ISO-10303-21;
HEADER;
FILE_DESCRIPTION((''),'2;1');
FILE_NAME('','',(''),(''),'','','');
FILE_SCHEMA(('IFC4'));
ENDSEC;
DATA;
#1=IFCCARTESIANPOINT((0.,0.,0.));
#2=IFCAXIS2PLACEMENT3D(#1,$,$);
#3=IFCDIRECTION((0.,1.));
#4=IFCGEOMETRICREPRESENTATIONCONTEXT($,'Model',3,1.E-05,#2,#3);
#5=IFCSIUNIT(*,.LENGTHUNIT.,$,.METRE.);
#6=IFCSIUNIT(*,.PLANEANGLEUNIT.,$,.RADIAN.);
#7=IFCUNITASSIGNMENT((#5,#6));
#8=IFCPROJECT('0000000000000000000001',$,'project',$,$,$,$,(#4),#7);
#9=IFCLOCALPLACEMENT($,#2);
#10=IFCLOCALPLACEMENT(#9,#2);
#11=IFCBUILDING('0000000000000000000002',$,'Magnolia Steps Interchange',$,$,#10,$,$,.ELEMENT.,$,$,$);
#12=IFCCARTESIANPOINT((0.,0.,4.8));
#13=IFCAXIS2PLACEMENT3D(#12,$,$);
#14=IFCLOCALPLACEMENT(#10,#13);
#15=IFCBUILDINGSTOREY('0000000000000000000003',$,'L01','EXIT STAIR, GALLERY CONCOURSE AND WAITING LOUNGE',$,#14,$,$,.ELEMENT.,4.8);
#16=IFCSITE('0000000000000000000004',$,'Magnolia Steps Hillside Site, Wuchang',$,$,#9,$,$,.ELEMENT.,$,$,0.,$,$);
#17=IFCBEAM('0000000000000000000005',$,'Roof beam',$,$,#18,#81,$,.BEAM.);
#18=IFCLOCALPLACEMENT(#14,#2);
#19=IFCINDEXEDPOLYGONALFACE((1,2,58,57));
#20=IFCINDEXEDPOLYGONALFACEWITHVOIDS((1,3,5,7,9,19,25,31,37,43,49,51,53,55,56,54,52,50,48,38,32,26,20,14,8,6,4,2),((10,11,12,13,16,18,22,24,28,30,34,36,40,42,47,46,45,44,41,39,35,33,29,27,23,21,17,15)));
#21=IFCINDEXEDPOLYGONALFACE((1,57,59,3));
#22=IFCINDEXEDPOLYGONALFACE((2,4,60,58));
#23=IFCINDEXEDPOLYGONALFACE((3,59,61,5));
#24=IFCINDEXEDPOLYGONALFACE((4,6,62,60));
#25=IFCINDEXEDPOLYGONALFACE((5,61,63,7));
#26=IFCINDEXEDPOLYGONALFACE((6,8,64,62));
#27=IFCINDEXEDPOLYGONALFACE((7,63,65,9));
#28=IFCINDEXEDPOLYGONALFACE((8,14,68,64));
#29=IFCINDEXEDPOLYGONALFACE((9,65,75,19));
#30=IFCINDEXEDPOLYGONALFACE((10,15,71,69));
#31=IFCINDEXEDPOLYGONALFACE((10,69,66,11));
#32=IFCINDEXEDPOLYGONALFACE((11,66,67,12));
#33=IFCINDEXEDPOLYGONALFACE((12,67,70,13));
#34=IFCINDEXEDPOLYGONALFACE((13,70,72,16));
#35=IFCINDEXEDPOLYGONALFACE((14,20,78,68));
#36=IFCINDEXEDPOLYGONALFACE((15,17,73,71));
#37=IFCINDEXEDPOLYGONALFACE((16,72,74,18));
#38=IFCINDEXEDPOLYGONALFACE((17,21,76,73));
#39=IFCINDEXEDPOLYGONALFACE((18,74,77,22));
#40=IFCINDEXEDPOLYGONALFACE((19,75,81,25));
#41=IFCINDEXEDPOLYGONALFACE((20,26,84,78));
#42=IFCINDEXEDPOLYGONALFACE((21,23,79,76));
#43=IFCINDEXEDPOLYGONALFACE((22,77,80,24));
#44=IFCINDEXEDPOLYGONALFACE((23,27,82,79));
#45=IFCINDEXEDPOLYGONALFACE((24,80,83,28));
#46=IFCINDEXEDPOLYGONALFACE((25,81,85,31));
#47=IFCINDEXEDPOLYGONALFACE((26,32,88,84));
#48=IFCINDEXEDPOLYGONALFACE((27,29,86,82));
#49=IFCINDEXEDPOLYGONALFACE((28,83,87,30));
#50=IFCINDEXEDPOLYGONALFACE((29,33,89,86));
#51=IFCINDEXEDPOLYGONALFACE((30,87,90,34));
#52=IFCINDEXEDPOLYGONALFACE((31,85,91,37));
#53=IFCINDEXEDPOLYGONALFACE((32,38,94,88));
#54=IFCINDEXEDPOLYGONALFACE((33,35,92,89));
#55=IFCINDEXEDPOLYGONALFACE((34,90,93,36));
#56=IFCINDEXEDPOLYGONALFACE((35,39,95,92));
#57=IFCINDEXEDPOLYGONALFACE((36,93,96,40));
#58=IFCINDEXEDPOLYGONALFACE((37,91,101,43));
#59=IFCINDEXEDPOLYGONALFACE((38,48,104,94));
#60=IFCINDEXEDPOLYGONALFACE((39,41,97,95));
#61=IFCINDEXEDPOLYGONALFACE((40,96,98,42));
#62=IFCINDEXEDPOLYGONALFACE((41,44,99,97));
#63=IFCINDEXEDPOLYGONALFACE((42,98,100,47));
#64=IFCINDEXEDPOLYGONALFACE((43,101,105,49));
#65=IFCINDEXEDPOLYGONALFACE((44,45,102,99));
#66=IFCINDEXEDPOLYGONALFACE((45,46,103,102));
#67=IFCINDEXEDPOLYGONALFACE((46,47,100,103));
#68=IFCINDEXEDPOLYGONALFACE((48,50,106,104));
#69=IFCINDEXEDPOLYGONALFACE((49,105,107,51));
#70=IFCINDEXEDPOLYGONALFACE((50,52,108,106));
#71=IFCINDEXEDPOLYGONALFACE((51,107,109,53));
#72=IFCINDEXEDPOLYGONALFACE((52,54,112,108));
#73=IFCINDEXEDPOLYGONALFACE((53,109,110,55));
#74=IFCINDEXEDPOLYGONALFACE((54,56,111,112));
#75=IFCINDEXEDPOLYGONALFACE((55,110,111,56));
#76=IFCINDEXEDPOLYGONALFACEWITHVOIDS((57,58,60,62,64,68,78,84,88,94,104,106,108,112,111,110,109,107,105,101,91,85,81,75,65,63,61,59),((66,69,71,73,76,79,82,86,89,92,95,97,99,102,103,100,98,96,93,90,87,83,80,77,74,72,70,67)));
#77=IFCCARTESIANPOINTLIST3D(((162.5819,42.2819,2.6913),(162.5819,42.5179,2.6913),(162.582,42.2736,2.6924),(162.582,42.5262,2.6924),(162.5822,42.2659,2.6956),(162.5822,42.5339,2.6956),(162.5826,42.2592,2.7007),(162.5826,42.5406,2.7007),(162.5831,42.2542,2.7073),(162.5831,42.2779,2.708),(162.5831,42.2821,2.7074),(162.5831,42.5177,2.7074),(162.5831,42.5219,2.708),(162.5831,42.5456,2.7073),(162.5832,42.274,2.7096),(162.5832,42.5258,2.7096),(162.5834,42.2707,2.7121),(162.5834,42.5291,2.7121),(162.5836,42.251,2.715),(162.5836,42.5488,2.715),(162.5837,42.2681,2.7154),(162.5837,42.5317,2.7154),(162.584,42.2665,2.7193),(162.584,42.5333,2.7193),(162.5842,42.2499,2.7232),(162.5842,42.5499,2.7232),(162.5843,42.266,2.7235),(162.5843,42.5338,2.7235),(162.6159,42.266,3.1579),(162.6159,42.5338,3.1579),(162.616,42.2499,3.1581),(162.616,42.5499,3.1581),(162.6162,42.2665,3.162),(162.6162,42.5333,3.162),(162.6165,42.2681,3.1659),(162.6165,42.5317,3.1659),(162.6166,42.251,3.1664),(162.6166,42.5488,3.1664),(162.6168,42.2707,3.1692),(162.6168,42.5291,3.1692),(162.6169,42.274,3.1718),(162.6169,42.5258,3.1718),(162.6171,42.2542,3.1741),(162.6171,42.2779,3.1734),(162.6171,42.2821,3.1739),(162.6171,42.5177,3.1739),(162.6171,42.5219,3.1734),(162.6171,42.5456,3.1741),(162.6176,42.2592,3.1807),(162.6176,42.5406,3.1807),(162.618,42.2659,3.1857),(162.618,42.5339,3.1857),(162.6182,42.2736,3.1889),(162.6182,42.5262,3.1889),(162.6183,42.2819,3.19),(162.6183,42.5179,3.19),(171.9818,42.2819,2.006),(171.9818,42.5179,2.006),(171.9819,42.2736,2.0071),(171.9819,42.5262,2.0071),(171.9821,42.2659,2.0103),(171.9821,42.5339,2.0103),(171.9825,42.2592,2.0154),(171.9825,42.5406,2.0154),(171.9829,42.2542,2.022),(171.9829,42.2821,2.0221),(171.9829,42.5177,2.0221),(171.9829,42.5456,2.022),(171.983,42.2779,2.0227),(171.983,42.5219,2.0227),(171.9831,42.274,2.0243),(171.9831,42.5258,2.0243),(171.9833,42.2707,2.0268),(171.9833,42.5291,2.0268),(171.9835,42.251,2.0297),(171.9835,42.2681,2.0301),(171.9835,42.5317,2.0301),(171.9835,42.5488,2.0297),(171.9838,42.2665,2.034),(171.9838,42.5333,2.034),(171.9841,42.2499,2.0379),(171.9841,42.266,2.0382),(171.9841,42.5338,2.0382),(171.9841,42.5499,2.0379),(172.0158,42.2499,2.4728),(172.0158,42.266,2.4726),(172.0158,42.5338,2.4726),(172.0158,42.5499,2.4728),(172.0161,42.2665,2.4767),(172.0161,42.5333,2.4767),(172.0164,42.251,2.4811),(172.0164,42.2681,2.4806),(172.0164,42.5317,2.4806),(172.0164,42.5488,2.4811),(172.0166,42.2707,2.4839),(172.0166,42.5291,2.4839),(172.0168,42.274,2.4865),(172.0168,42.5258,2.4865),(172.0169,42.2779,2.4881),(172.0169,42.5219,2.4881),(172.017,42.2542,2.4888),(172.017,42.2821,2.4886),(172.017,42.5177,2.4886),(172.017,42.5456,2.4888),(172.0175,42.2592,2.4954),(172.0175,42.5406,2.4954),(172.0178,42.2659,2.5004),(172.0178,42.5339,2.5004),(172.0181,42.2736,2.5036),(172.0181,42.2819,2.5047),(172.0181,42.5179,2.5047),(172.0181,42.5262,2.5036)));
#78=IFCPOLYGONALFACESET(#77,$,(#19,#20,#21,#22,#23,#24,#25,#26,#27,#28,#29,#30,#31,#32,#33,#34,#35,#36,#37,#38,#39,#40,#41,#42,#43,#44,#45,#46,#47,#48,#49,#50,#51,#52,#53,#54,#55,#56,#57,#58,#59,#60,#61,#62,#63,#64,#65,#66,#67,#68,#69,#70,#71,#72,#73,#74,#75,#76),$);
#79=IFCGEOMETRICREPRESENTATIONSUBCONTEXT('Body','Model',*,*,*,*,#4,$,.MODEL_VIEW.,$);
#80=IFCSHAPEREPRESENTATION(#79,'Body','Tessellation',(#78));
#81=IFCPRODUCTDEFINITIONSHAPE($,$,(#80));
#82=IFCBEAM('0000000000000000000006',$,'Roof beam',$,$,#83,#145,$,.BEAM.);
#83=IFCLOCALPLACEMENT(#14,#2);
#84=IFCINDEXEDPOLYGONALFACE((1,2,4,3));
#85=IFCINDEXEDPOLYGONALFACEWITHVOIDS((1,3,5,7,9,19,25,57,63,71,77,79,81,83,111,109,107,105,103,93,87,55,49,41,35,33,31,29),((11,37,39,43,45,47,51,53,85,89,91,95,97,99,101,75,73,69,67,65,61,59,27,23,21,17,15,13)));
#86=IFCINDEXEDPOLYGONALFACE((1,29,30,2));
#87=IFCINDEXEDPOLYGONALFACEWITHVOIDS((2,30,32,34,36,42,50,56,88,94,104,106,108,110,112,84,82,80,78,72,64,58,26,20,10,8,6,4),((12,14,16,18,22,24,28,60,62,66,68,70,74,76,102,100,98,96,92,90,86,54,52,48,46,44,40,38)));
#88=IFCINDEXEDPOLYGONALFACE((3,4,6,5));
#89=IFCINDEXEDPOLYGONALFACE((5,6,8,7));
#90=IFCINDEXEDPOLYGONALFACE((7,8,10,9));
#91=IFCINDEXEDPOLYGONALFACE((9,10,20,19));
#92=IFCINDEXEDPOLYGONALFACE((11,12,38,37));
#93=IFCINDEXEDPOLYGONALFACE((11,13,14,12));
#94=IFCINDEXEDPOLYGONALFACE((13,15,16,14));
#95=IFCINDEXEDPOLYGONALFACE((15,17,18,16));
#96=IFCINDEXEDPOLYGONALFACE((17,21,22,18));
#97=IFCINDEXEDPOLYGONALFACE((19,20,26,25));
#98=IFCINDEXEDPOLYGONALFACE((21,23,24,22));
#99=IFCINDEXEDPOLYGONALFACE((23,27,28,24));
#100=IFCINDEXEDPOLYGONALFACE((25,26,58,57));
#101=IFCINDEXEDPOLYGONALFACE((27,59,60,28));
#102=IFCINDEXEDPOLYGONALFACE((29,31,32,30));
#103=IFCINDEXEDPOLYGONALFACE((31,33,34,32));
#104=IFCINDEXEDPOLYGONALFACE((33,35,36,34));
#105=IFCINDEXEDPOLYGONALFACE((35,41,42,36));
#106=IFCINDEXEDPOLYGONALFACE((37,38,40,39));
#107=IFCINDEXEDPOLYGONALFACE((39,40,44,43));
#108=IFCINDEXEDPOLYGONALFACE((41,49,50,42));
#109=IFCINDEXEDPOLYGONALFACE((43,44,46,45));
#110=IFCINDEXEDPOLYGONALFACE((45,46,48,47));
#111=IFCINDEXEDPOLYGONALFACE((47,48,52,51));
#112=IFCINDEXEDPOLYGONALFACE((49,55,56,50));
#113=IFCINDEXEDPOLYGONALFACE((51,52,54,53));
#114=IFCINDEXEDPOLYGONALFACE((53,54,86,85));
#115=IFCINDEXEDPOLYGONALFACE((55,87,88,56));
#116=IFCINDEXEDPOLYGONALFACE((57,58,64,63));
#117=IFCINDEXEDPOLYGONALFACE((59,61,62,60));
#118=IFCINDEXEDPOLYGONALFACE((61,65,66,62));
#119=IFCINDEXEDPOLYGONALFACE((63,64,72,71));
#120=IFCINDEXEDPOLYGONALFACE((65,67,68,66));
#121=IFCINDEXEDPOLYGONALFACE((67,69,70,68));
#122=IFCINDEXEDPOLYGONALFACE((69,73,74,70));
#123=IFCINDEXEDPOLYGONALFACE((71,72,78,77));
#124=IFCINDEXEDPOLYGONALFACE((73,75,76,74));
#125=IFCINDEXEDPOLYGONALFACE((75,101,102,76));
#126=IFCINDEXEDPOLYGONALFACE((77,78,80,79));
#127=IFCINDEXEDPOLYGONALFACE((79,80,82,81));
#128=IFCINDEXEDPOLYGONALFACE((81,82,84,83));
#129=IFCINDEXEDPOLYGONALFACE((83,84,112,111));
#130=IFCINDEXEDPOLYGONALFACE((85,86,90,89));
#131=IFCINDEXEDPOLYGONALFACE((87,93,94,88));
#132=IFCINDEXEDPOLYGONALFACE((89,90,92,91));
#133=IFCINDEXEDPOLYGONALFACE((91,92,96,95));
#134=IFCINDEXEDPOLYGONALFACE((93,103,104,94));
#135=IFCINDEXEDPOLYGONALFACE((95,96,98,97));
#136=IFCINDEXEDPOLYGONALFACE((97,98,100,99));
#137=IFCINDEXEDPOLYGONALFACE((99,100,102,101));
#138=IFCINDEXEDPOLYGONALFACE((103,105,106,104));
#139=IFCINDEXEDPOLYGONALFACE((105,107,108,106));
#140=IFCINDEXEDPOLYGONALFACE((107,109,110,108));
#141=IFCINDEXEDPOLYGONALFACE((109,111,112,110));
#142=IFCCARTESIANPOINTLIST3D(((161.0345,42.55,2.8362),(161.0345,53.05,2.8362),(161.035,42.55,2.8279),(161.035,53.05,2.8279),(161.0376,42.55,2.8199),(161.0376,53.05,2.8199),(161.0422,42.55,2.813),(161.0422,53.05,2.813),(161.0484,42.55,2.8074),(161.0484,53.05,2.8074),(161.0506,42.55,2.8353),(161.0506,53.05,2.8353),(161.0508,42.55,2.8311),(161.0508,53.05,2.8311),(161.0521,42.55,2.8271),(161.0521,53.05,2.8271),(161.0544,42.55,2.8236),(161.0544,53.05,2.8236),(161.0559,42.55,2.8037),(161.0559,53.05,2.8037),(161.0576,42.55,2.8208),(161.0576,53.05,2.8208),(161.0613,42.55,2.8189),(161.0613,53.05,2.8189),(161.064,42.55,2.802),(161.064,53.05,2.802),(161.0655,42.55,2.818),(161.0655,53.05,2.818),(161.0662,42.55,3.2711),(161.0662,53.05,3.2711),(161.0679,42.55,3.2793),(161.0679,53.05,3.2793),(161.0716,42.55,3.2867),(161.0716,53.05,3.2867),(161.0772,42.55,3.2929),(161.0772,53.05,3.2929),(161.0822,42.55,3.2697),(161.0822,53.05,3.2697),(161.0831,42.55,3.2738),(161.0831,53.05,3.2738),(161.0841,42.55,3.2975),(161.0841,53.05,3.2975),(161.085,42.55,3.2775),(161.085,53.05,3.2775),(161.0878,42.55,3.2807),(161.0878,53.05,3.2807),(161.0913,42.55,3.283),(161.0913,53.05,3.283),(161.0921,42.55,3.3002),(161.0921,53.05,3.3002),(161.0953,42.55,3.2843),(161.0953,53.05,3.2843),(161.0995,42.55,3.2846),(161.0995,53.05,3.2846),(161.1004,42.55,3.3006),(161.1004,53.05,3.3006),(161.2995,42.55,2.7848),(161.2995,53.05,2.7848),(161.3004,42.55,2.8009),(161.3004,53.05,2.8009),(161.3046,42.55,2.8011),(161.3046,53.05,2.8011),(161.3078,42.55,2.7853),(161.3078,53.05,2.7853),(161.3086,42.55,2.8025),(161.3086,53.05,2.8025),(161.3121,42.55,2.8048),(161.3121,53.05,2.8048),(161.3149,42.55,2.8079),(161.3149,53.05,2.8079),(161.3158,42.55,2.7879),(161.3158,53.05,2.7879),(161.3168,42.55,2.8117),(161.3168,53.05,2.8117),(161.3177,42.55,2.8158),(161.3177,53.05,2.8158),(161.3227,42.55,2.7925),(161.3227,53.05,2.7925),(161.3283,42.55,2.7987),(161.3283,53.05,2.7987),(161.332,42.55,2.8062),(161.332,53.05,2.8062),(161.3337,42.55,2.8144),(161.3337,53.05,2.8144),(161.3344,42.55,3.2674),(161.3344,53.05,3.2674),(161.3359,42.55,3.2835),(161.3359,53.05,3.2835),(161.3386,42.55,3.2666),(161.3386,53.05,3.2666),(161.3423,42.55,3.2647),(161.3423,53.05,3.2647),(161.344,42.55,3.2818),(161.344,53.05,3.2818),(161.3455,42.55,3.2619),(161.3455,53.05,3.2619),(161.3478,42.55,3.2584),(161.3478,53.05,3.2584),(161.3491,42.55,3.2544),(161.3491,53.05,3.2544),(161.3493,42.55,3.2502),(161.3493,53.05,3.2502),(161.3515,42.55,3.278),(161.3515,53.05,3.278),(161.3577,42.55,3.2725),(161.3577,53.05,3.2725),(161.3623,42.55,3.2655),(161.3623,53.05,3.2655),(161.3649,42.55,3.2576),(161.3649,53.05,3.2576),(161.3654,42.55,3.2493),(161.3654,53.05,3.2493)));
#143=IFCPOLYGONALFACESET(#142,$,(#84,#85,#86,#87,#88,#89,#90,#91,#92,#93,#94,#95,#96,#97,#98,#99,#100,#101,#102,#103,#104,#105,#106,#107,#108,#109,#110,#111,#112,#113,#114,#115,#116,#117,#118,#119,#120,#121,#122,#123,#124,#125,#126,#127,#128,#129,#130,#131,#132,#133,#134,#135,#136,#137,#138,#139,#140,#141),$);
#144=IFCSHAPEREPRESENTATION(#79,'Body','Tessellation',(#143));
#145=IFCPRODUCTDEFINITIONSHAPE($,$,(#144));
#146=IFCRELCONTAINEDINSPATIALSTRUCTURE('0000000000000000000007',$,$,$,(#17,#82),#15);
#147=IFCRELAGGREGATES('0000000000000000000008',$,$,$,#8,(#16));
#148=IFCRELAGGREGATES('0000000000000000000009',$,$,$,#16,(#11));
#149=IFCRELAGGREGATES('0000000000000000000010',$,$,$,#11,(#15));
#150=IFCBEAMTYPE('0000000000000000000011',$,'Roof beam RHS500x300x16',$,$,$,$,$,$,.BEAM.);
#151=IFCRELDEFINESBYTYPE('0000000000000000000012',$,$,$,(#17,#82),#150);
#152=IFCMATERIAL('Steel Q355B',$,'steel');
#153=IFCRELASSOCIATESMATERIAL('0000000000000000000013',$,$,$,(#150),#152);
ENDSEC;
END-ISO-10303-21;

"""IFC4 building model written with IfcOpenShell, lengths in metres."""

from ifc_helpers import new_model, si_unit, direction, frame, origin, origin_2d, place, context, subcontext, project, spatial, hollow_rectangle, extrude, material, material_profile, profile_set, type_object, element, save


model = new_model("IFC4")

# Units and contexts
model_context = context("Model", 3, precision=1e-05, world=origin(), true_north=direction((0.0, 1.0)))
body_context = subcontext(model_context, "Body", "Model", "MODEL_VIEW")
ifc_project = project(units=[si_unit("LENGTHUNIT", "METRE"), si_unit("PLANEANGLEUNIT", "RADIAN")], contexts=[model_context])

# Site, building, storey
site_placement = place(None, origin())
site = spatial("IfcSite", under=ifc_project, at=site_placement, Name="Magnolia Steps Hillside Site, Wuchang", CompositionType="ELEMENT", RefElevation=0.0)
building_placement = place(site_placement, origin())
building = spatial("IfcBuilding", under=site, at=building_placement, Name="Magnolia Steps Interchange", CompositionType="ELEMENT")
storey_placement = place(building_placement, frame((0.0, 0.0, 4.8)))
storey = spatial("IfcBuildingStorey", under=building, at=storey_placement, Name="L01", Description="EXIT STAIR, GALLERY CONCOURSE AND WAITING LOUNGE", CompositionType="ELEMENT", Elevation=4.8)

# Beams
ifc_material_1 = material(Name="Steel Q355B", Category="steel")
ifc_material_profile_1 = material_profile(ifc_material_1, hollow_rectangle(XDim=0.3, YDim=0.5, WallThickness=0.0161, InnerFilletRadius=0.0161, OuterFilletRadius=0.032, at=origin_2d()), Name="RHS500x300x16")
ifc_profile_set_1 = profile_set([ifc_material_profile_1], Name="Steel Q355B")
beam_type_1 = type_object("IfcBeamType", Name="Roof beam RHS500x300x16", PredefinedType="BEAM", material=ifc_profile_set_1)
beam_1_placement = place(storey_placement, frame((162.6001, 42.3999, 2.9407), z_axis=(0.997353, 0.0, -0.072712), x_axis=(0.0, 1.0, 0.0)))
element("IfcBeam", 1, at=beam_1_placement, inside=storey, type_object=beam_type_1, Name="Roof beam", PredefinedType="BEAM", context=body_context, shape_type="SweptSolid", body=[
    extrude(hollow_rectangle(XDim=0.3, YDim=0.5, WallThickness=0.0161, InnerFilletRadius=0.0161, OuterFilletRadius=0.032, at=origin_2d()), origin(), (0.0, 0.0, 1.0), 9.4248),
])
beam_2_placement = place(storey_placement, frame((161.2, 42.55, 3.0427), z_axis=(0.0, 1.0, 0.0), x_axis=(-0.997352, 0.0, 0.072724)))
element("IfcBeam", 2, at=beam_2_placement, inside=storey, type_object=beam_type_1, Name="Roof beam", PredefinedType="BEAM", context=body_context, shape_type="SweptSolid", body=[
    extrude(hollow_rectangle(XDim=0.3, YDim=0.5, WallThickness=0.0161, InnerFilletRadius=0.0161, OuterFilletRadius=0.032, at=origin_2d()), origin(), (0.0, 0.0, 1.0), 10.5),
])

save(model, "model.ifc")
